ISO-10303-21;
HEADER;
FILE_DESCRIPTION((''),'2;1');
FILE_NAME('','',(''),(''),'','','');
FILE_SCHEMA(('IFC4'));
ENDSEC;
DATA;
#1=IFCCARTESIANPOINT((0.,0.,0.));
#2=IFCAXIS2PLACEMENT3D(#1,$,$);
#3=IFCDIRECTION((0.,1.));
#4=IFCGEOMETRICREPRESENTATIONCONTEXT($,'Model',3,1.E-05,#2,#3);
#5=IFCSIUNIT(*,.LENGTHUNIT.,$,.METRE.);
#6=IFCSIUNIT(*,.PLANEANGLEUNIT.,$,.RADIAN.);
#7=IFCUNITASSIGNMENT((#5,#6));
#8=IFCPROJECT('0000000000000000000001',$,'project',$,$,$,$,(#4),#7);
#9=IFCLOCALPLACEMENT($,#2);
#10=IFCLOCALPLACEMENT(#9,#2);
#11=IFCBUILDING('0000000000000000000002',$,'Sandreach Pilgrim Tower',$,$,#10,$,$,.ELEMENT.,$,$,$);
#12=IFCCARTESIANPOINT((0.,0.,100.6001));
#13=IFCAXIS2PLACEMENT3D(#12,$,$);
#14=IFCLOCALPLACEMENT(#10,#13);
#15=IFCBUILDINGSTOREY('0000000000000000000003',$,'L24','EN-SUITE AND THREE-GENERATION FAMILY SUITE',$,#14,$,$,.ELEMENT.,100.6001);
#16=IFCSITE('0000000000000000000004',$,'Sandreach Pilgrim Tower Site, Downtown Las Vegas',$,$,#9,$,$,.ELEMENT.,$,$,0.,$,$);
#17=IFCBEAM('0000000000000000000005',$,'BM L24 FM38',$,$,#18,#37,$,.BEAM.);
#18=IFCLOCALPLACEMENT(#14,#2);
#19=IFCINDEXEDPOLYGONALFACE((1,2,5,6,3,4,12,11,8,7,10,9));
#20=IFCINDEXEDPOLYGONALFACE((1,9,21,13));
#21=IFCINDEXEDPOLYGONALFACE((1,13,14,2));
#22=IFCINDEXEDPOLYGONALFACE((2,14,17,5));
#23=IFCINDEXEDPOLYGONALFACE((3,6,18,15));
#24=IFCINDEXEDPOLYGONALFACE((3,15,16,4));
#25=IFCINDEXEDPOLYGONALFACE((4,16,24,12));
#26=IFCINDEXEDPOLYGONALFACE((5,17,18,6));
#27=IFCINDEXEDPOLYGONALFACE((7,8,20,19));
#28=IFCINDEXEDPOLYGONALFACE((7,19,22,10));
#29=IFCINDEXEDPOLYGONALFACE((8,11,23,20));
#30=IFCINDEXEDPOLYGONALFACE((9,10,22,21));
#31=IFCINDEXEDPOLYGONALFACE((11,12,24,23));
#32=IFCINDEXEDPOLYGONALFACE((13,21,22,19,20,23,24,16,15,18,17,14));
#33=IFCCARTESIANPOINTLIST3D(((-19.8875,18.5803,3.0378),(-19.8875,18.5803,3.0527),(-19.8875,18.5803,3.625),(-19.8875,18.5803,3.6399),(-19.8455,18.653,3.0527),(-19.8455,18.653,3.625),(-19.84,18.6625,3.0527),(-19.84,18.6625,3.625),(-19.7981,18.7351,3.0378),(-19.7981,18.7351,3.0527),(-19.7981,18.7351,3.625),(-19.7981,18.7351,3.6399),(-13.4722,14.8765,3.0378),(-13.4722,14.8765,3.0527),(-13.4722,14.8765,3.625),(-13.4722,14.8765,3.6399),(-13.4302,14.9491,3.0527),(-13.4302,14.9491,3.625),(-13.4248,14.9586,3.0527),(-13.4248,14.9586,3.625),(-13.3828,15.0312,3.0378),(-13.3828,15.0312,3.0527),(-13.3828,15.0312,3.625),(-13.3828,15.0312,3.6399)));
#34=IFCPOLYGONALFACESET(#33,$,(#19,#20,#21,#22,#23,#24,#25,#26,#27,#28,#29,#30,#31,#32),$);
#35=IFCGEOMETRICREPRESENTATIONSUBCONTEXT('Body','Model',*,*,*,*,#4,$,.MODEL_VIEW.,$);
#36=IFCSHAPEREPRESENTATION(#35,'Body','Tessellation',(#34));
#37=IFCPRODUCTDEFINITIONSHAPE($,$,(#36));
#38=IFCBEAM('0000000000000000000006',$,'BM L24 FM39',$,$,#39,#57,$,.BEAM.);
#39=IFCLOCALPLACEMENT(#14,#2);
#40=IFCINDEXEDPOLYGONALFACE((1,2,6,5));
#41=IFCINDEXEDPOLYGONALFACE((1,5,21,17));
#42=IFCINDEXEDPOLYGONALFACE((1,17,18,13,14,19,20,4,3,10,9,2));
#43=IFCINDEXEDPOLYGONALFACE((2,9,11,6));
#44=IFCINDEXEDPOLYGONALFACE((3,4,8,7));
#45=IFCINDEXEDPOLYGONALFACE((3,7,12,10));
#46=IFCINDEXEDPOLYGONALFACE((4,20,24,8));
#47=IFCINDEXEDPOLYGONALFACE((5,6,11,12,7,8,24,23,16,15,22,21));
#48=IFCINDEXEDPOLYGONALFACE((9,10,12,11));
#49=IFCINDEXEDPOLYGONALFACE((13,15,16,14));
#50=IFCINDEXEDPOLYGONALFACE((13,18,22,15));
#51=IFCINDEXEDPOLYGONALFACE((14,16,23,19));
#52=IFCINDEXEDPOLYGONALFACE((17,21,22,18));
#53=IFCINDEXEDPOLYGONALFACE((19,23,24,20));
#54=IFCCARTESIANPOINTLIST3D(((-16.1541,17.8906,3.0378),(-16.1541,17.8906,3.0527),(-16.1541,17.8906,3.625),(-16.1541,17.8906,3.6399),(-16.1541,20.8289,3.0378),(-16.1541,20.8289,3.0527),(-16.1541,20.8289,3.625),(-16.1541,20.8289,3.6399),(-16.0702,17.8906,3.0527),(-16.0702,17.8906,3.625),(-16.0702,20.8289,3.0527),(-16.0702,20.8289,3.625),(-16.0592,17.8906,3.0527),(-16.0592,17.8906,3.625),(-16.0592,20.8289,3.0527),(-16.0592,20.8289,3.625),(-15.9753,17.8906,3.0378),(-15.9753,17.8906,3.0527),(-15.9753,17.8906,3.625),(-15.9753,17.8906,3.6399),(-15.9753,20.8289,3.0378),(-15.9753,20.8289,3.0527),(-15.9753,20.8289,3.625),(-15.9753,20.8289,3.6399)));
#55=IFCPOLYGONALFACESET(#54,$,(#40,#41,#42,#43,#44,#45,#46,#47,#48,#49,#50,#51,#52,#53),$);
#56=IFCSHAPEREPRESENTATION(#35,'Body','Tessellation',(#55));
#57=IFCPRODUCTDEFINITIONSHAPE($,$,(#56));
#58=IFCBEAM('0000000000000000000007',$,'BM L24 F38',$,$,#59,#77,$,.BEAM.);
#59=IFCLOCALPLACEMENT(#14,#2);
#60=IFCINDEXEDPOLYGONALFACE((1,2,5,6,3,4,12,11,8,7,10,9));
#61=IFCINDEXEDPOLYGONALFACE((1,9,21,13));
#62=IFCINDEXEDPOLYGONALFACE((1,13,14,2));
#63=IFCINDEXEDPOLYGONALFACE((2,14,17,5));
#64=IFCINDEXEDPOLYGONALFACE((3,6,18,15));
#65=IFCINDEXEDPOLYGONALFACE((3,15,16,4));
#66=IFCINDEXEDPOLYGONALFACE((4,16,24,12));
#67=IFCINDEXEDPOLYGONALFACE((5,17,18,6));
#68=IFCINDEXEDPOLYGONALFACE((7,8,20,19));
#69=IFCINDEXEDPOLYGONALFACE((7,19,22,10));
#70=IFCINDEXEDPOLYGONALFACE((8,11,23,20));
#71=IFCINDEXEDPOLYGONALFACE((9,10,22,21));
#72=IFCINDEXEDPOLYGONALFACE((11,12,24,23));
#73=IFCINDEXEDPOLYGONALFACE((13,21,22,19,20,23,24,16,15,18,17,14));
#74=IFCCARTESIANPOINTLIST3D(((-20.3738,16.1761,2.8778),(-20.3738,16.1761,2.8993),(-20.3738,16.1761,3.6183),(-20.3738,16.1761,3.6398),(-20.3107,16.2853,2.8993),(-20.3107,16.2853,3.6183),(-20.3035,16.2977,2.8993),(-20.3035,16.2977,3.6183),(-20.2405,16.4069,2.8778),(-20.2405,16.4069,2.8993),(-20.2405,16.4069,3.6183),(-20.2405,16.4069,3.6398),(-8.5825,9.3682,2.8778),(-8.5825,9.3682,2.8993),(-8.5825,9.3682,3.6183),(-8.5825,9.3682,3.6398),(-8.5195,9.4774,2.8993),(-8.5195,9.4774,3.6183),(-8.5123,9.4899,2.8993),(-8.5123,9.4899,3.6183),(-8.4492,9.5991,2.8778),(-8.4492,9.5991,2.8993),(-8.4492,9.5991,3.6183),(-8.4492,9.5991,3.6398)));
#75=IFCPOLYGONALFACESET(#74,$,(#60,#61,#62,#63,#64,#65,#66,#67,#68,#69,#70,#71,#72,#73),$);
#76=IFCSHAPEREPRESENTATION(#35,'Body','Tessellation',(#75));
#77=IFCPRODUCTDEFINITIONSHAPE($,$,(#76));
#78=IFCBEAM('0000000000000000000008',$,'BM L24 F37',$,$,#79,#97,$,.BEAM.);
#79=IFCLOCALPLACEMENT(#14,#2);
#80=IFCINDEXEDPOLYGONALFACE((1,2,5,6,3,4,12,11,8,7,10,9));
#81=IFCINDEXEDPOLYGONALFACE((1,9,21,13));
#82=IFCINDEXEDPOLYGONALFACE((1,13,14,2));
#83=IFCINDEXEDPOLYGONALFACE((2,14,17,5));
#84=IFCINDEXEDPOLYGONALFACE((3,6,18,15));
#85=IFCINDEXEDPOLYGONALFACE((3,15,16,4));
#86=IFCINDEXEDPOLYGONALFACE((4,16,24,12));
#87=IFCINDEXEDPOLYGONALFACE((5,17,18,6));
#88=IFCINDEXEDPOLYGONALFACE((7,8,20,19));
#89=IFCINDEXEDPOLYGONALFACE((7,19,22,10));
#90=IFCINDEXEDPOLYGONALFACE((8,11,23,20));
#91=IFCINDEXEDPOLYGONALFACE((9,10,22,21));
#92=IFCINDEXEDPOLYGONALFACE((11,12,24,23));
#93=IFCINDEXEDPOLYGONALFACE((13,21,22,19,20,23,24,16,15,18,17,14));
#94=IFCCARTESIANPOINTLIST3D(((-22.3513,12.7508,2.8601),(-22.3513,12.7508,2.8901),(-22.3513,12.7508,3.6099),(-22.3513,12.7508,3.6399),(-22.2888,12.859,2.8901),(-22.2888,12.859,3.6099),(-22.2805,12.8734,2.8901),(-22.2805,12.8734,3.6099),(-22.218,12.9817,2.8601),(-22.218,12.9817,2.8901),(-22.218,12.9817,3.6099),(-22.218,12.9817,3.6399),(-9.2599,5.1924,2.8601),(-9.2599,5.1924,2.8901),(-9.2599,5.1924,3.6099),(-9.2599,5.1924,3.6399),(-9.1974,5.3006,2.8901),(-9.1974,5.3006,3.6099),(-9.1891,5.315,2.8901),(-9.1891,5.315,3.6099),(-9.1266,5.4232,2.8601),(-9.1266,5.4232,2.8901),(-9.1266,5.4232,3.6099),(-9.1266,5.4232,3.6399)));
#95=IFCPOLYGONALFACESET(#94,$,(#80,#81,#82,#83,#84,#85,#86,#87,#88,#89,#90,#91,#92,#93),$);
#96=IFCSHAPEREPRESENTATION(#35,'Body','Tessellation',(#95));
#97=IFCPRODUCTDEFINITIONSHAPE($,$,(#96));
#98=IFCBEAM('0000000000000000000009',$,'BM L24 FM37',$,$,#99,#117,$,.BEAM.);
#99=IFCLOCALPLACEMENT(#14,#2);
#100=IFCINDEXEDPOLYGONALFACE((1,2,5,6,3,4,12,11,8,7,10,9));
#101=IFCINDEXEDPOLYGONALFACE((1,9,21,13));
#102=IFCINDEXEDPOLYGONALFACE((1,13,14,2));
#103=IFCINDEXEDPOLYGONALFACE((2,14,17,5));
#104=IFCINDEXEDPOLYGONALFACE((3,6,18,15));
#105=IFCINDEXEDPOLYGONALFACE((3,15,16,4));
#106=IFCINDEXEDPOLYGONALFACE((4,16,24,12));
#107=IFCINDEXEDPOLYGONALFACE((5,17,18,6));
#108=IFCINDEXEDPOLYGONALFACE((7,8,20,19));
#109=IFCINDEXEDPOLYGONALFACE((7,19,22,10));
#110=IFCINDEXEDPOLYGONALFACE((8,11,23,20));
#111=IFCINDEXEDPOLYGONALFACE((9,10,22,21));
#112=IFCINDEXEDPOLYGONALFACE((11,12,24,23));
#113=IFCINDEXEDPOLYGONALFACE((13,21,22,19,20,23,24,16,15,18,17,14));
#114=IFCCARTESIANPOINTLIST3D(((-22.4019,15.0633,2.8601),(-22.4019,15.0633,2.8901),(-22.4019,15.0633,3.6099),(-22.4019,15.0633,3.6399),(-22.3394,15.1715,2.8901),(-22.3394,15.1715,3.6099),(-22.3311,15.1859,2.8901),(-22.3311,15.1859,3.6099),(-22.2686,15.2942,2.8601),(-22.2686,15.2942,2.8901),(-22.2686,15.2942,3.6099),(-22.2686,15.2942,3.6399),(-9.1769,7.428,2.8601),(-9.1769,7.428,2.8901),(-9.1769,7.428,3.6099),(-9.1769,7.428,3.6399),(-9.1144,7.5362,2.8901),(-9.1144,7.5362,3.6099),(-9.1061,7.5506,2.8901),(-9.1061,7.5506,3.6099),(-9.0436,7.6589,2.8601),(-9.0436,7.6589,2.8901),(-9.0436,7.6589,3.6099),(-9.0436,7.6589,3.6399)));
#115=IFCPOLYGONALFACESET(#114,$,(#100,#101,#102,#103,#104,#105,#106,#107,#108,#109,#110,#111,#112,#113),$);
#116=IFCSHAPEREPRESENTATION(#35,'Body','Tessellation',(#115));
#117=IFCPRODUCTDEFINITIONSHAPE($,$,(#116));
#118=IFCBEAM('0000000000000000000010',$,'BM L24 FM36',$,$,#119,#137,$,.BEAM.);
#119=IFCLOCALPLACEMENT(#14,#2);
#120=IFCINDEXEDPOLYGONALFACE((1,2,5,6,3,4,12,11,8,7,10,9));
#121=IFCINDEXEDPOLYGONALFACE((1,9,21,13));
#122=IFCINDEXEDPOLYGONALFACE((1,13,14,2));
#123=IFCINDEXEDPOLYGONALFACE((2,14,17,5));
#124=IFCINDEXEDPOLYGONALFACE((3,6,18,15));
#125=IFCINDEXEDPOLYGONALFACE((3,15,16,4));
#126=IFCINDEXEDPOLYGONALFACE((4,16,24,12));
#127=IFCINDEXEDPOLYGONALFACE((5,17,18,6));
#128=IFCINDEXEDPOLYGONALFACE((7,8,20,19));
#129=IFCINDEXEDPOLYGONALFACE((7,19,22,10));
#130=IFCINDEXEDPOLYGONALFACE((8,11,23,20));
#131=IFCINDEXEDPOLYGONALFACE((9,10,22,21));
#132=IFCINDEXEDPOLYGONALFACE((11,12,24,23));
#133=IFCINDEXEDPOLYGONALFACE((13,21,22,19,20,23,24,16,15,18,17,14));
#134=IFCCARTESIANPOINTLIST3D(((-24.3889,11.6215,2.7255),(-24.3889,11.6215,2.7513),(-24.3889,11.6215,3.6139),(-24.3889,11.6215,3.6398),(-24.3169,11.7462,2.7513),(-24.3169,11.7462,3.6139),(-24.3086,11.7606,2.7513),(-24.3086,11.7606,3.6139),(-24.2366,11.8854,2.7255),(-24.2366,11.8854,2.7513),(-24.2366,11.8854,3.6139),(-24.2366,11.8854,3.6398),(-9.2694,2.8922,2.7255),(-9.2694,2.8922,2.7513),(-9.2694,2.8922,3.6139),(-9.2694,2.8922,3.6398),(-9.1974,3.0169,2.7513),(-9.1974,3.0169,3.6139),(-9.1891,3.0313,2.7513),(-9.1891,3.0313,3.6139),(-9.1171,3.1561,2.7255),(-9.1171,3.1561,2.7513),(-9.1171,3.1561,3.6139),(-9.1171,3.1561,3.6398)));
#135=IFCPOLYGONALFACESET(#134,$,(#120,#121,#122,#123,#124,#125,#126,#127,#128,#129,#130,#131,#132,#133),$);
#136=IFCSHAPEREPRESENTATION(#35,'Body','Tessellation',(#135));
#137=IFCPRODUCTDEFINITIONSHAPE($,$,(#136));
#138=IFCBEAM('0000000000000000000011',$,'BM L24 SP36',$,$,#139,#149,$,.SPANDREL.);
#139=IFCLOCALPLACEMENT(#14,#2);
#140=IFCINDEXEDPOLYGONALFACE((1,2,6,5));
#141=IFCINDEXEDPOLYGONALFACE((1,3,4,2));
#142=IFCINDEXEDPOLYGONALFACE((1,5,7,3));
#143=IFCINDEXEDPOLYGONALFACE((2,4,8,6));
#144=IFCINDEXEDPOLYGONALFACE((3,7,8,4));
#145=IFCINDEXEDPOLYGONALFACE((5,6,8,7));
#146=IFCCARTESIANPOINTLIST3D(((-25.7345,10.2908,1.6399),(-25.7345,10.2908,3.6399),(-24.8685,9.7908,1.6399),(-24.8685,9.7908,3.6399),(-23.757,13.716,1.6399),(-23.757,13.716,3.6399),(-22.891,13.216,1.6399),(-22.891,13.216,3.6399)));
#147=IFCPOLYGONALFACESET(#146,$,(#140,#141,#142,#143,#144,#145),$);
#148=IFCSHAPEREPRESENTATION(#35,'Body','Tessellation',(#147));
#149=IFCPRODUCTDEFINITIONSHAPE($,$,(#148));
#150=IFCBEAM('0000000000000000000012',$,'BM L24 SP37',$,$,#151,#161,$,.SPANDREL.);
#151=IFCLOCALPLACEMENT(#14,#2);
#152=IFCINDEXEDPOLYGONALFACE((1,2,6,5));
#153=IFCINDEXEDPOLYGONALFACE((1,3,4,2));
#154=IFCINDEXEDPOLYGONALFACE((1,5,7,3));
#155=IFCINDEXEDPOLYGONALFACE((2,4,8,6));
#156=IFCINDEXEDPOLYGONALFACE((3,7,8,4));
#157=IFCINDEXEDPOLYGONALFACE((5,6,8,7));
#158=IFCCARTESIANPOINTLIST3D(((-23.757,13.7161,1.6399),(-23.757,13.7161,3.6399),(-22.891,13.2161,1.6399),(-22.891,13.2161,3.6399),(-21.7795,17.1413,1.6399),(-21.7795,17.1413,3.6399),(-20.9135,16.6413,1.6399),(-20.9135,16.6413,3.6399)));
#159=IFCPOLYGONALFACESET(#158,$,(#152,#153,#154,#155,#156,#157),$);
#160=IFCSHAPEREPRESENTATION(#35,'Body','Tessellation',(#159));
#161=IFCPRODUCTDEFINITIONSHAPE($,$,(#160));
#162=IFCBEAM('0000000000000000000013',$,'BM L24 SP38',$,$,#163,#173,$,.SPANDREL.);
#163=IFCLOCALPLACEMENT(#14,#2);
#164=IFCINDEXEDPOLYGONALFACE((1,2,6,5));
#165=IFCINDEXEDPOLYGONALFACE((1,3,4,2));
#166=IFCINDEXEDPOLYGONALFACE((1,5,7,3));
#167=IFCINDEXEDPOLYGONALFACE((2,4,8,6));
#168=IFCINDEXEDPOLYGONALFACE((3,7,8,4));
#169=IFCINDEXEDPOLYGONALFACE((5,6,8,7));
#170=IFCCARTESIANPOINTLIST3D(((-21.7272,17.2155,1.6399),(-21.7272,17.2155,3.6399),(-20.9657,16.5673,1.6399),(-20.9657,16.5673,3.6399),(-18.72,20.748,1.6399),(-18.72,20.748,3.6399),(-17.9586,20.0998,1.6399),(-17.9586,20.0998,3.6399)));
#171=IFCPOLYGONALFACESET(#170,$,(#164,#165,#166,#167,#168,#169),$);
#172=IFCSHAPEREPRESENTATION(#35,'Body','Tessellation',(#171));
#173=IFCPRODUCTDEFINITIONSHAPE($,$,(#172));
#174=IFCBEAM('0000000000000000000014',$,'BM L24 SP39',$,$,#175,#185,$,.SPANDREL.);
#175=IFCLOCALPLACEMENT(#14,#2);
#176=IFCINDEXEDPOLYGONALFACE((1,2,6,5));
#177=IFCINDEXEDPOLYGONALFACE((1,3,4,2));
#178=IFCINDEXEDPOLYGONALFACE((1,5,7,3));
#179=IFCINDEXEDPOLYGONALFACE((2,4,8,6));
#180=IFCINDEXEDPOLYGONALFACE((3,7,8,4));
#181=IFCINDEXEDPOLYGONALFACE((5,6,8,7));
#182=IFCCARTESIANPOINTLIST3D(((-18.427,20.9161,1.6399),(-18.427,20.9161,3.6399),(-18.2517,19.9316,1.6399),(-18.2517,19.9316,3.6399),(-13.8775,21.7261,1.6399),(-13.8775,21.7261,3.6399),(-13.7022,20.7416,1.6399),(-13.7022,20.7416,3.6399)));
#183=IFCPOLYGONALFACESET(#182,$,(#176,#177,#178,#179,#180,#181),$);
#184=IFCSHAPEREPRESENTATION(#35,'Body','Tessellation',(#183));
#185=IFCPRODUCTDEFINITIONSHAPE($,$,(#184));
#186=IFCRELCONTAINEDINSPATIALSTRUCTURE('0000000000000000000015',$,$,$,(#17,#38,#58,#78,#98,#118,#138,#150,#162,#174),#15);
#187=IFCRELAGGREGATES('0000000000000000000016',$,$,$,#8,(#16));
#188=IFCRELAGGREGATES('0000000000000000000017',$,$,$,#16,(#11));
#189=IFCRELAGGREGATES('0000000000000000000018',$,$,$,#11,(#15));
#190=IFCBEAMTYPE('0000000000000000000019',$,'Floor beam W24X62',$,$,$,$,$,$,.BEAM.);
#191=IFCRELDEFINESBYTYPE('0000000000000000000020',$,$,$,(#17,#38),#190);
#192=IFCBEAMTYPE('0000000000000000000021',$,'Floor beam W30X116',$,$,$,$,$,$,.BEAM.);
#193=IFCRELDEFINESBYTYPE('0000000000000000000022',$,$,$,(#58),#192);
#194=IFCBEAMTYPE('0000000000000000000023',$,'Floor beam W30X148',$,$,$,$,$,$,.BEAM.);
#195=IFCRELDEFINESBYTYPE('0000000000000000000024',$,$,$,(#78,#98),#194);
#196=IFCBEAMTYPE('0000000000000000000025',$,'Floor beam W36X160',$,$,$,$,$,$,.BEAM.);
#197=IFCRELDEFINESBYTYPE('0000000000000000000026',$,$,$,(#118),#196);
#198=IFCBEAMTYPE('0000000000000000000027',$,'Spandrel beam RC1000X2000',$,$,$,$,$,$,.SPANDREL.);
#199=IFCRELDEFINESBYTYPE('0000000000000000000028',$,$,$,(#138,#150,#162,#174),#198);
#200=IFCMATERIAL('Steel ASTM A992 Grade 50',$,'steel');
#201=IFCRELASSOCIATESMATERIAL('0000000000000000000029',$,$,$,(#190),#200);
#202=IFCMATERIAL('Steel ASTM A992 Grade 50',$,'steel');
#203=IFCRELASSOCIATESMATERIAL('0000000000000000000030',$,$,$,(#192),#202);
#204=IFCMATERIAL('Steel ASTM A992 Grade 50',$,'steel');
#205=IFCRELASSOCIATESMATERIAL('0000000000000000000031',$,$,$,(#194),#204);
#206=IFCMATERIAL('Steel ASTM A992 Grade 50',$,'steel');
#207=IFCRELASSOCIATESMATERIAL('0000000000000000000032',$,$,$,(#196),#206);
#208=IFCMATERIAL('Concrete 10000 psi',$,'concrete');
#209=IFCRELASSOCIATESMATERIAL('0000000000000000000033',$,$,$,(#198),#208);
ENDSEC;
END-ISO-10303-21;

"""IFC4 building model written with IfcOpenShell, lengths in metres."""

from ifc_helpers import new_model, si_unit, direction, frame, origin, origin_2d, place, context, subcontext, project, spatial, rectangle, i_section, extrude, material, material_profile, profile_set, type_object, element, save


model = new_model("IFC4")

# Units and contexts
model_context = context("Model", 3, precision=1e-05, world=origin(), true_north=direction((0.0, 1.0)))
body_context = subcontext(model_context, "Body", "Model", "MODEL_VIEW")
ifc_project = project(units=[si_unit("LENGTHUNIT", "METRE"), si_unit("PLANEANGLEUNIT", "RADIAN")], contexts=[model_context])

# Site, building, storey
site_placement = place(None, origin())
site = spatial("IfcSite", under=ifc_project, at=site_placement, Name="Sandreach Pilgrim Tower Site, Downtown Las Vegas", CompositionType="ELEMENT", RefElevation=0.0)
building_placement = place(site_placement, origin())
building = spatial("IfcBuilding", under=site, at=building_placement, Name="Sandreach Pilgrim Tower", CompositionType="ELEMENT")
storey_placement = place(building_placement, frame((0.0, 0.0, 100.6001)))
storey = spatial("IfcBuildingStorey", under=building, at=storey_placement, Name="L24", Description="EN-SUITE AND THREE-GENERATION FAMILY SUITE", CompositionType="ELEMENT", Elevation=100.6001)

# Beams
ifc_material_1 = material(Name="Steel ASTM A992 Grade 50", Category="steel")
ifc_material_profile_1 = material_profile(ifc_material_1, i_section(OverallWidth=0.1787, OverallDepth=0.6021, WebThickness=0.011, FlangeThickness=0.0149, at=origin_2d()), Name="W24X62")
ifc_profile_set_1 = profile_set([ifc_material_profile_1], Name="Steel ASTM A992 Grade 50")
beam_type_1 = type_object("IfcBeamType", Name="Floor beam W24X62", PredefinedType="BEAM", material=ifc_profile_set_1)
beam_1_placement = place(storey_placement, frame((-19.8428, 18.6577, 3.3389), z_axis=(0.866026, -0.499999, 0.0), x_axis=(0.499999, 0.866026, 0.0)))
element("IfcBeam", 1, at=beam_1_placement, inside=storey, type_object=beam_type_1, Name="BM L24 FM38", PredefinedType="BEAM", context=body_context, shape_type="SweptSolid", body=[
    extrude(i_section(OverallWidth=0.1787, OverallDepth=0.6021, WebThickness=0.011, FlangeThickness=0.0149, at=origin_2d()), origin(), (0.0, 0.0, 1.0), 7.4077),
])
beam_2_placement = place(storey_placement, frame((-16.0647, 20.8289, 3.3389), z_axis=(0.0, -1.0, 0.0), x_axis=(1.0, 0.0, 0.0)))
element("IfcBeam", 2, at=beam_2_placement, inside=storey, type_object=beam_type_1, Name="BM L24 FM39", PredefinedType="BEAM", context=body_context, shape_type="SweptSolid", body=[
    extrude(i_section(OverallWidth=0.1787, OverallDepth=0.6021, WebThickness=0.011, FlangeThickness=0.0149, at=origin_2d()), origin(), (0.0, 0.0, 1.0), 2.9382),
])
ifc_material_2 = material(Name="Steel ASTM A992 Grade 50", Category="steel")
ifc_material_profile_2 = material_profile(ifc_material_2, i_section(OverallWidth=0.2666, OverallDepth=0.762, WebThickness=0.0144, FlangeThickness=0.0215, at=origin_2d()), Name="W30X116")
ifc_profile_set_2 = profile_set([ifc_material_profile_2], Name="Steel ASTM A992 Grade 50")
beam_type_2 = type_object("IfcBeamType", Name="Floor beam W30X116", PredefinedType="BEAM", material=ifc_profile_set_2)
beam_3_placement = place(storey_placement, frame((-20.3071, 16.2915, 3.2588), z_axis=(0.86602, -0.50001, 0.0), x_axis=(0.50001, 0.86602, 0.0)))
element("IfcBeam", 3, at=beam_3_placement, inside=storey, type_object=beam_type_2, Name="BM L24 F38", PredefinedType="BEAM", context=body_context, shape_type="SweptSolid", body=[
    extrude(i_section(OverallWidth=0.2666, OverallDepth=0.762, WebThickness=0.0144, FlangeThickness=0.0215, at=origin_2d()), origin(), (0.0, 0.0, 1.0), 13.6155),
])
ifc_material_3 = material(Name="Steel ASTM A992 Grade 50", Category="steel")
ifc_material_profile_3 = material_profile(ifc_material_3, i_section(OverallWidth=0.2666, OverallDepth=0.7798, WebThickness=0.0166, FlangeThickness=0.03, at=origin_2d()), Name="W30X148")
ifc_profile_set_3 = profile_set([ifc_material_profile_3], Name="Steel ASTM A992 Grade 50")
beam_type_3 = type_object("IfcBeamType", Name="Floor beam W30X148", PredefinedType="BEAM", material=ifc_profile_set_3)
beam_4_placement = place(storey_placement, frame((-22.2847, 12.8662, 3.25), z_axis=(0.866023, -0.500004, 0.0), x_axis=(0.500004, 0.866023, 0.0)))
element("IfcBeam", 4, at=beam_4_placement, inside=storey, type_object=beam_type_3, Name="BM L24 F37", PredefinedType="BEAM", context=body_context, shape_type="SweptSolid", body=[
    extrude(i_section(OverallWidth=0.2666, OverallDepth=0.7798, WebThickness=0.0166, FlangeThickness=0.03, at=origin_2d()), origin(), (0.0, 0.0, 1.0), 15.1167),
])
beam_5_placement = place(storey_placement, frame((-22.3352, 15.1787, 3.25), z_axis=(0.866029, -0.499994, 0.0), x_axis=(0.499994, 0.866029, 0.0)))
element("IfcBeam", 5, at=beam_5_placement, inside=storey, type_object=beam_type_3, Name="BM L24 FM37", PredefinedType="BEAM", context=body_context, shape_type="SweptSolid", body=[
    extrude(i_section(OverallWidth=0.2666, OverallDepth=0.7798, WebThickness=0.0166, FlangeThickness=0.03, at=origin_2d()), origin(), (0.0, 0.0, 1.0), 15.2708),
])
ifc_material_4 = material(Name="Steel ASTM A992 Grade 50", Category="steel")
ifc_material_profile_4 = material_profile(ifc_material_4, i_section(OverallWidth=0.3047, OverallDepth=0.9143, WebThickness=0.0166, FlangeThickness=0.0259, at=origin_2d()), Name="W36X160")
ifc_profile_set_4 = profile_set([ifc_material_profile_4], Name="Steel ASTM A992 Grade 50")
beam_type_4 = type_object("IfcBeamType", Name="Floor beam W36X160", PredefinedType="BEAM", material=ifc_profile_set_4)
beam_6_placement = place(storey_placement, frame((-24.3127, 11.7534, 3.1826), z_axis=(0.866024, -0.500003, 0.0), x_axis=(0.500003, 0.866024, 0.0)))
element("IfcBeam", 6, at=beam_6_placement, inside=storey, type_object=beam_type_4, Name="BM L24 FM36", PredefinedType="BEAM", context=body_context, shape_type="SweptSolid", body=[
    extrude(i_section(OverallWidth=0.3047, OverallDepth=0.9143, WebThickness=0.0166, FlangeThickness=0.0259, at=origin_2d()), origin(), (0.0, 0.0, 1.0), 17.4585),
])
ifc_material_5 = material(Name="Concrete 10000 psi", Category="concrete")
ifc_material_profile_5 = material_profile(ifc_material_5, rectangle(XDim=1.0, YDim=2.0, at=origin_2d()), Name="RC1000X2000")
ifc_profile_set_5 = profile_set([ifc_material_profile_5], Name="Concrete 10000 psi")
beam_type_5 = type_object("IfcBeamType", Name="Spandrel beam RC1000X2000", PredefinedType="SPANDREL", material=ifc_profile_set_5)
for number, where, z_axis, x_axis, name in (
    (7, (-25.3015, 10.0408, 2.6399), (0.49999, 0.866031, 0.0), (-0.866031, 0.49999, 0.0), "BM L24 SP36"),
    (8, (-23.324, 13.4661, 2.6399), (0.49999, 0.866031, 0.0), (-0.866031, 0.49999, 0.0), "BM L24 SP37"),
):
    element("IfcBeam", number, at=place(storey_placement, frame(where, z_axis=z_axis, x_axis=x_axis)), inside=storey, type_object=beam_type_5, Name=name, PredefinedType="SPANDREL", context=body_context, shape_type="SweptSolid", body=[
        extrude(rectangle(XDim=1.0, YDim=2.0, at=origin_2d()), origin(), (0.0, 0.0, 1.0), 3.9551),
    ])
beam_7_placement = place(storey_placement, frame((-21.3464, 16.8914, 2.6399), z_axis=(0.648209, 0.761463, 0.0), x_axis=(-0.761463, 0.648209, 0.0)))
element("IfcBeam", 9, at=beam_7_placement, inside=storey, type_object=beam_type_5, Name="BM L24 SP38", PredefinedType="SPANDREL", context=body_context, shape_type="SweptSolid", body=[
    extrude(rectangle(XDim=1.0, YDim=2.0, at=origin_2d()), origin(), (0.0, 0.0, 1.0), 4.6392),
])
beam_8_placement = place(storey_placement, frame((-18.3394, 20.4238, 2.6399), z_axis=(0.984516, 0.175295, 0.0), x_axis=(-0.175295, 0.984516, 0.0)))
element("IfcBeam", 10, at=beam_8_placement, inside=storey, type_object=beam_type_5, Name="BM L24 SP39", PredefinedType="SPANDREL", context=body_context, shape_type="SweptSolid", body=[
    extrude(rectangle(XDim=1.0, YDim=2.0, at=origin_2d()), origin(), (0.0, 0.0, 1.0), 4.6211),
])

save(model, "model.ifc")
